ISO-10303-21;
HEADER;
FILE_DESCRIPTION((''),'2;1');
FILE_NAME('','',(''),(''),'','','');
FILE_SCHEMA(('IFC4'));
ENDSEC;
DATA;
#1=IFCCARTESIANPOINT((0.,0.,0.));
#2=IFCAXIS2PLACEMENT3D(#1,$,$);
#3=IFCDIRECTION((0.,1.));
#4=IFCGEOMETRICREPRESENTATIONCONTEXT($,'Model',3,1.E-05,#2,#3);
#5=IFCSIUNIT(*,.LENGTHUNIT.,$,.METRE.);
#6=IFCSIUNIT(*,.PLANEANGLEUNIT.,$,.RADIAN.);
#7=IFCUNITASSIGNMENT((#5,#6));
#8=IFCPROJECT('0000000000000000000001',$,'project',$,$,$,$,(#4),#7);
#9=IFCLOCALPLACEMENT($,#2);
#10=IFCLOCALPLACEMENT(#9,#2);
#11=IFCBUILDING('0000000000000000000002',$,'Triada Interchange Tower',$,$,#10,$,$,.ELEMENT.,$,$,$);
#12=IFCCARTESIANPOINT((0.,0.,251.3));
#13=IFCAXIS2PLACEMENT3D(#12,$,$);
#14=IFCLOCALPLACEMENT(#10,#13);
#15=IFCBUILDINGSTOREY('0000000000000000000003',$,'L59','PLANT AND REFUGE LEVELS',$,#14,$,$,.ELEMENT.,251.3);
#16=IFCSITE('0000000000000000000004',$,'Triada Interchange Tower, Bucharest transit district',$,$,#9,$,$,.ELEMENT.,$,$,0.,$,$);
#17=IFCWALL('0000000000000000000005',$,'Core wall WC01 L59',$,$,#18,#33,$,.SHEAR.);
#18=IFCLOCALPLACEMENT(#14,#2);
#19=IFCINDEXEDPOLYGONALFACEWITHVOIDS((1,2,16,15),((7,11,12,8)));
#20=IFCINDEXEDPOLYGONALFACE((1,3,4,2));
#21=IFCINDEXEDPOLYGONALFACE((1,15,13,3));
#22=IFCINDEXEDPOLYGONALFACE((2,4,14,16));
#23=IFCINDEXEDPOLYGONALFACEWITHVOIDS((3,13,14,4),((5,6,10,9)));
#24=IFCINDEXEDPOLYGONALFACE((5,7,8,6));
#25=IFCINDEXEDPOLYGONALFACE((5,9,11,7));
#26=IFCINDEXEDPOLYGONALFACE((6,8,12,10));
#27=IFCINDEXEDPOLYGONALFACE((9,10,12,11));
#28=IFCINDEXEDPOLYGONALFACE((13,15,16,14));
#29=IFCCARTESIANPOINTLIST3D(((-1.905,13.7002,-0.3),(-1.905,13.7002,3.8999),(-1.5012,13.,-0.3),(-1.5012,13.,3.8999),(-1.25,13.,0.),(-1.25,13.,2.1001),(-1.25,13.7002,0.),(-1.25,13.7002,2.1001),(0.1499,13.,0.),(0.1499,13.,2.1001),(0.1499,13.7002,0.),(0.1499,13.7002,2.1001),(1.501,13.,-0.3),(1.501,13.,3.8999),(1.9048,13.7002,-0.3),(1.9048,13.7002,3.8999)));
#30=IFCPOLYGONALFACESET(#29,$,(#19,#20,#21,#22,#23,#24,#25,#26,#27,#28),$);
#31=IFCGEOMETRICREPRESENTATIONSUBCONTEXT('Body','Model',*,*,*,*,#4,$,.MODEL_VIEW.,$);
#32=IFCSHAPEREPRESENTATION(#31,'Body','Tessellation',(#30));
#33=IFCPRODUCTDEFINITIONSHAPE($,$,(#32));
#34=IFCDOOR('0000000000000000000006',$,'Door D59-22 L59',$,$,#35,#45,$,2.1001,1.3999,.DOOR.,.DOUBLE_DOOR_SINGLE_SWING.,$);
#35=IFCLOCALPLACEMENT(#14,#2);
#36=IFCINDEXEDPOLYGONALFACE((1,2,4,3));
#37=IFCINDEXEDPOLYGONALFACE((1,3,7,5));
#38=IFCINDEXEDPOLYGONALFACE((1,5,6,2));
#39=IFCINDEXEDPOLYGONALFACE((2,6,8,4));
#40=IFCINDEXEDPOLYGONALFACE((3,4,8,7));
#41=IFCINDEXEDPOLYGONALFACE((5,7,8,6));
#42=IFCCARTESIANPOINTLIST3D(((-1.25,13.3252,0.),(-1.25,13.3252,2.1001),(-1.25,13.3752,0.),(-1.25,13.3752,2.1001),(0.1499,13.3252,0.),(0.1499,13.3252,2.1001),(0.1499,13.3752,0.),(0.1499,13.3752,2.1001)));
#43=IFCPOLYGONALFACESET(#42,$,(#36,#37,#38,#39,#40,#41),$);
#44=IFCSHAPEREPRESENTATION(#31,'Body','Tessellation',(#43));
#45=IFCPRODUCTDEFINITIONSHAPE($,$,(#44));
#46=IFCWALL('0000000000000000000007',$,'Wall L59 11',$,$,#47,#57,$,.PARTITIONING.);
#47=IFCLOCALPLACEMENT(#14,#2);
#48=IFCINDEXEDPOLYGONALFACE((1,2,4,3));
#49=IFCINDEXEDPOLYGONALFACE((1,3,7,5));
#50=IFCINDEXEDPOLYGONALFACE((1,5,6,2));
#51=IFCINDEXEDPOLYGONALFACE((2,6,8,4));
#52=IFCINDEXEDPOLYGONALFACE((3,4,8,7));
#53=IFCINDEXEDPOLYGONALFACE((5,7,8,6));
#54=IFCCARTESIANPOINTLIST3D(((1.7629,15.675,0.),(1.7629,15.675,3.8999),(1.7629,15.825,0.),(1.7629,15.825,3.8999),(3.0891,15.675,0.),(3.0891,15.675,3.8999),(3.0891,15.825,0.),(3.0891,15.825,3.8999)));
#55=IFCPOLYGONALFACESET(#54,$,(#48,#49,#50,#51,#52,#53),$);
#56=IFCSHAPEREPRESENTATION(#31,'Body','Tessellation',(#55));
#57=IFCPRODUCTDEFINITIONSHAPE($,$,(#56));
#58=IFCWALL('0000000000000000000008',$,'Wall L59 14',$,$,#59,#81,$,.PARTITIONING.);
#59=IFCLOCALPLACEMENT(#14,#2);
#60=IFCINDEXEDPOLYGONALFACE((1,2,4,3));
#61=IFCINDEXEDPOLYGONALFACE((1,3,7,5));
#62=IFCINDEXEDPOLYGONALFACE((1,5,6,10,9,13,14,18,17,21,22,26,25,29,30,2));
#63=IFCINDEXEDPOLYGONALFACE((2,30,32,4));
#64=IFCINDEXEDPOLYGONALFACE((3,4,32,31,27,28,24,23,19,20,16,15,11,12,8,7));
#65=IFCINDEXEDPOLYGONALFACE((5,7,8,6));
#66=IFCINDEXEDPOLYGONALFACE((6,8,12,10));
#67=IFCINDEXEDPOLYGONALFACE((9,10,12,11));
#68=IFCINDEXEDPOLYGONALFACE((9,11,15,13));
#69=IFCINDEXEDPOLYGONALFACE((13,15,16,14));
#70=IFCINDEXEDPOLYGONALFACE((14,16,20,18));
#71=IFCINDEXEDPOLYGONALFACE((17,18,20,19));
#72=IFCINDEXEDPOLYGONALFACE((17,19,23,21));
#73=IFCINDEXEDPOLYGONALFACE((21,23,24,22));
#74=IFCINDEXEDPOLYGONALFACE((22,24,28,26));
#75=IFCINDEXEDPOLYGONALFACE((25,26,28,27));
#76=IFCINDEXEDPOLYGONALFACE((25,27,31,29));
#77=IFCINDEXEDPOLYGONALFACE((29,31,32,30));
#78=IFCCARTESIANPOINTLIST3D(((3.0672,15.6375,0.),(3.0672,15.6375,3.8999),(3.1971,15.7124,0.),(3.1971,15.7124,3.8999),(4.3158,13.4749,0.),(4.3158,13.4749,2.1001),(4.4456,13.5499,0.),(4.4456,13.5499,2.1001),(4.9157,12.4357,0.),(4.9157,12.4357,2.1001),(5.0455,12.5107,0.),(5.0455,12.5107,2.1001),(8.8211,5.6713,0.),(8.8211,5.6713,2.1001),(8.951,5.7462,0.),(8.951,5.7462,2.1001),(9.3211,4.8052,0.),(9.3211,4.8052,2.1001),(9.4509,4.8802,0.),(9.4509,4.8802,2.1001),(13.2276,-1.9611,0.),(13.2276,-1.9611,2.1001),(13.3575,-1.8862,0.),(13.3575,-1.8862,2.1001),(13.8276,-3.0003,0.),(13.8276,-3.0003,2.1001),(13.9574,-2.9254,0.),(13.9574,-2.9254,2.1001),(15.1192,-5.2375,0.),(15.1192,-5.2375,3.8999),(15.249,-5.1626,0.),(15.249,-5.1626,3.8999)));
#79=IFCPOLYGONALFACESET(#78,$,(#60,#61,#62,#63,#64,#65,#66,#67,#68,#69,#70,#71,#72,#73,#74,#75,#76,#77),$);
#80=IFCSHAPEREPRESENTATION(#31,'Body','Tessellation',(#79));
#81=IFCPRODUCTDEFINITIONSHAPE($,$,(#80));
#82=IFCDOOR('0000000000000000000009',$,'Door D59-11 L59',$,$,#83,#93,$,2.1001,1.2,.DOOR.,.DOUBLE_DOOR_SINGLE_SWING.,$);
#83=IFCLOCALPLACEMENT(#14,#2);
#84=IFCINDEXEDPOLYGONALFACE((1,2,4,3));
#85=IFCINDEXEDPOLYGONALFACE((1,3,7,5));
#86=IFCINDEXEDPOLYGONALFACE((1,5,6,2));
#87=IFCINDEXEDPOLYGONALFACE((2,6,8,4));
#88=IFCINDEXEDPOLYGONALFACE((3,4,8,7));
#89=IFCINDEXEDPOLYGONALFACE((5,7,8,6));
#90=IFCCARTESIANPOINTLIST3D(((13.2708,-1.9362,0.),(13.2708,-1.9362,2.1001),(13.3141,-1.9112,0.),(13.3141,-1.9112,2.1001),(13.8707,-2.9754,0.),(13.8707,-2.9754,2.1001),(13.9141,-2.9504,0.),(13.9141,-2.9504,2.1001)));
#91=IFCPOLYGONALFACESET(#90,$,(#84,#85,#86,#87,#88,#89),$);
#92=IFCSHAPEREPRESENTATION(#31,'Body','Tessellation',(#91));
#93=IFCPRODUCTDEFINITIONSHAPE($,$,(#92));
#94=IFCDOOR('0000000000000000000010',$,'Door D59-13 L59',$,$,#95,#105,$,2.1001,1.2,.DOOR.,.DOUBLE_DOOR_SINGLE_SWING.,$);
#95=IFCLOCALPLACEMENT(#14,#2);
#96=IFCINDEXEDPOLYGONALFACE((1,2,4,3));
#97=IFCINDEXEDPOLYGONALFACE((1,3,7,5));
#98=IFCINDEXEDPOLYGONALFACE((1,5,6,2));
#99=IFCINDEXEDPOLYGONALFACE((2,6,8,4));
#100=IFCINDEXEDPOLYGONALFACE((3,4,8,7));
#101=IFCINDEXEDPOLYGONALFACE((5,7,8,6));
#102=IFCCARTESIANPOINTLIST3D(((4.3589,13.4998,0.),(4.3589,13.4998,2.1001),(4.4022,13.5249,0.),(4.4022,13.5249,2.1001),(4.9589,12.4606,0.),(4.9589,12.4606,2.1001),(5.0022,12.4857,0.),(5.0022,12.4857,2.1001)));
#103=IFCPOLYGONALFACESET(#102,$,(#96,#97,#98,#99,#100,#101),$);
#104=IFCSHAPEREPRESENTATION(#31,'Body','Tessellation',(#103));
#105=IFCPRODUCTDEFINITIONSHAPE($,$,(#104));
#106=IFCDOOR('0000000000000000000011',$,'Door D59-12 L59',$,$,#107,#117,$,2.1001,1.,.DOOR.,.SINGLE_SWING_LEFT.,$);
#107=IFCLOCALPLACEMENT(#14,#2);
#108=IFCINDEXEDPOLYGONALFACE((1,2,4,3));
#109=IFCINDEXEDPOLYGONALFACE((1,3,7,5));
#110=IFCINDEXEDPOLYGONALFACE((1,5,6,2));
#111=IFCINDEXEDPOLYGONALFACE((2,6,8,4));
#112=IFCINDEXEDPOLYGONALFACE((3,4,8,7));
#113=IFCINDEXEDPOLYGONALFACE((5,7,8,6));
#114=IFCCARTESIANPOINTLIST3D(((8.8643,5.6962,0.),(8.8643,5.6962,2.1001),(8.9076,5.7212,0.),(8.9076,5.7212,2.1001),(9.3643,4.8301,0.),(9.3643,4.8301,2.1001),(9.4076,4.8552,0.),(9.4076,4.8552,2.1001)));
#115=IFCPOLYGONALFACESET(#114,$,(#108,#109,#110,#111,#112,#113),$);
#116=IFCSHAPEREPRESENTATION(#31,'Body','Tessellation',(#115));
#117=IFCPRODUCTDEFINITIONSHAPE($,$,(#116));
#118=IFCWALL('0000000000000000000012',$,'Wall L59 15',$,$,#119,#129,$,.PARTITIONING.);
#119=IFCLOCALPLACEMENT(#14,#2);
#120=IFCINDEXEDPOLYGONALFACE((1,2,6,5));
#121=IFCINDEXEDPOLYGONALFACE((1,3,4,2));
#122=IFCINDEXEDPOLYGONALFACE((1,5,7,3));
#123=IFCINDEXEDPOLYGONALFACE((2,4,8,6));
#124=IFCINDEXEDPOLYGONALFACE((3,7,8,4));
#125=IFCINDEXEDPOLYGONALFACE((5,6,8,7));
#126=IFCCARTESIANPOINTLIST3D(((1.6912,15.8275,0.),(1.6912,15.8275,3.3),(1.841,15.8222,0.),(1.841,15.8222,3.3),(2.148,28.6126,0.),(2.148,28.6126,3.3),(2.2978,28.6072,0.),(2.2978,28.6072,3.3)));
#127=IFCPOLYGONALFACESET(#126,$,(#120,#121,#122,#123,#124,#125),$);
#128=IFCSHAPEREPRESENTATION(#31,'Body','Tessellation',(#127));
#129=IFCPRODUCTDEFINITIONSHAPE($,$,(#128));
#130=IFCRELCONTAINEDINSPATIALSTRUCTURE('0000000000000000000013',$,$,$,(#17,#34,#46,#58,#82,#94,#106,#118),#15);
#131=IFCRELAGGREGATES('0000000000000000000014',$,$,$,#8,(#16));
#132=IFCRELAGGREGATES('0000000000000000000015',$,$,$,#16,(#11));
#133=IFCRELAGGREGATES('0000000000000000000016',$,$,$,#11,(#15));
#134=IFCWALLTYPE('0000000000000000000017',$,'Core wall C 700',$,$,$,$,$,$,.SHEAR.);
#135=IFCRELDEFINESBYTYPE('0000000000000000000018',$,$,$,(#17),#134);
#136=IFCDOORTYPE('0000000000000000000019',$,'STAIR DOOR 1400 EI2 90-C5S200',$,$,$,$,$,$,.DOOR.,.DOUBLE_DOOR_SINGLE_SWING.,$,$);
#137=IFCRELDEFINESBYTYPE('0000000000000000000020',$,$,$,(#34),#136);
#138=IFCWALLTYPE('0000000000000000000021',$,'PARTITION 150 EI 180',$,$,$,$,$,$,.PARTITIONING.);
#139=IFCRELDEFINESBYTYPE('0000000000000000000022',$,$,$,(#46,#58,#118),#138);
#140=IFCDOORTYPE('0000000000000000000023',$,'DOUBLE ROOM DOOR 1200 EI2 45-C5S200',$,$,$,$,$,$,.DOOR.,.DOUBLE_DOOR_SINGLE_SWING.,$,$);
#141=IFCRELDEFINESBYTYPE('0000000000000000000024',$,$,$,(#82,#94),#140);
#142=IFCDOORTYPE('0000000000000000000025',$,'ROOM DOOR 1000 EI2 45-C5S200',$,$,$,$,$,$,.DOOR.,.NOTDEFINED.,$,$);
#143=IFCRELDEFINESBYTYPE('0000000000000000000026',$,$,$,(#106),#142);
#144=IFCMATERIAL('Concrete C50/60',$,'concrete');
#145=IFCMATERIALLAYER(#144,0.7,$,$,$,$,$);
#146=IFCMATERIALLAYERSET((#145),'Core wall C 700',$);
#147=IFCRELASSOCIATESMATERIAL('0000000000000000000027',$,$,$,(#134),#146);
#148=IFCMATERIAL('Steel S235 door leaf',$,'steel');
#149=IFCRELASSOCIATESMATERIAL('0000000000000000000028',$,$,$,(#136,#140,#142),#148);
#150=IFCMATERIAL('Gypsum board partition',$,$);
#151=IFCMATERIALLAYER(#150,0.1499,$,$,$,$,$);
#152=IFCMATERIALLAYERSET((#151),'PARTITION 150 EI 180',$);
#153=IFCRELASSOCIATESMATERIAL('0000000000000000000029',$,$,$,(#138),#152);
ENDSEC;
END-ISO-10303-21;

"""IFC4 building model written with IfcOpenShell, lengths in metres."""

from ifc_helpers import new_model, si_unit, direction, frame, frame_2d, origin, place, context, subcontext, project, spatial, polyline, rectangle, outline, extrude, material, layer, layer_set, type_object, element, fill, save


model = new_model("IFC4")

# Units and contexts
model_context = context("Model", 3, precision=1e-05, world=origin(), true_north=direction((0.0, 1.0)))
body_context = subcontext(model_context, "Body", "Model", "MODEL_VIEW")
ifc_project = project(units=[si_unit("LENGTHUNIT", "METRE"), si_unit("PLANEANGLEUNIT", "RADIAN")], contexts=[model_context])

# Site, building, storey
site_placement = place(None, origin())
site = spatial("IfcSite", under=ifc_project, at=site_placement, Name="Triada Interchange Tower, Bucharest transit district", CompositionType="ELEMENT", RefElevation=0.0)
building_placement = place(site_placement, origin())
building = spatial("IfcBuilding", under=site, at=building_placement, Name="Triada Interchange Tower", CompositionType="ELEMENT")
storey_placement = place(building_placement, frame((0.0, 0.0, 251.3)))
storey = spatial("IfcBuildingStorey", under=building, at=storey_placement, Name="L59", Description="PLANT AND REFUGE LEVELS", CompositionType="ELEMENT", Elevation=251.3)

# Shared definitions
ifc_material_1 = material(Name="Concrete C50/60", Category="concrete")

# Wall, opening, door
ifc_layer_1 = layer(ifc_material_1, 0.7)
ifc_layer_set_1 = layer_set([ifc_layer_1], Name="Core wall C 700")
wall_type_1 = type_object("IfcWallType", Name="Core wall C 700", PredefinedType="SHEAR", material=ifc_layer_set_1)
wall_1_placement = place(storey_placement, frame((1.7029, 13.3501, -0.3), z_axis=(0.0, 0.0, 1.0), x_axis=(-1.0, 0.0, 0.0)))
wall_1 = element("IfcWall", 1, at=wall_1_placement, inside=storey, type_object=wall_type_1, Name="Core wall WC01 L59", PredefinedType="SHEAR", context=body_context, shape_type="SweptSolid", body=[
    extrude(outline(polyline([(-0.2019, -0.3501), (1.7031, -0.3501), (3.6079, -0.3501), (3.2041, 0.3501), (1.7031, 0.3501), (0.2019, 0.3501), (-0.2019, -0.3501)])), origin(), (0.0, 0.0, 1.0), 4.2),
])
opening_1_placement = place(wall_1_placement, frame((1.553, 0.0, 0.3)))
opening_1 = element("IfcOpeningElement", 2, at=opening_1_placement, cuts=wall_1, PredefinedType="OPENING", context=body_context, shape_type="SweptSolid", body=[
    extrude(rectangle(XDim=1.3999, YDim=2.1001, at=frame_2d((0.7, 1.05))), frame((0.0, 0.3601, 0.0), z_axis=(0.0, -1.0, 0.0), x_axis=(1.0, 0.0, 0.0)), (0.0, 0.0, 1.0), 0.7202),
])
ifc_material_2 = material(Name="Steel S235 door leaf", Category="steel")
door_type_1 = type_object("IfcDoorType", Name="STAIR DOOR 1400 EI2 90-C5S200", OperationType="DOUBLE_DOOR_SINGLE_SWING", PredefinedType="DOOR", material=ifc_material_2)
door_1_placement = place(opening_1_placement, origin())
door_1 = element("IfcDoor", 3, at=door_1_placement, inside=storey, type_object=door_type_1, Name="Door D59-22 L59", OperationType="DOUBLE_DOOR_SINGLE_SWING", OverallHeight=2.1001, OverallWidth=1.3999, PredefinedType="DOOR", context=body_context, shape_type="SweptSolid", body=[
    extrude(rectangle(XDim=1.3999, YDim=2.1001, at=frame_2d((0.7, 1.05))), frame((0.0, 0.0249, 0.0), z_axis=(0.0, -1.0, 0.0), x_axis=(1.0, 0.0, 0.0)), (0.0, 0.0, 1.0), 0.05),
])
fill(opening_1, door_1)

# Wall
ifc_material_3 = material(Name="Gypsum board partition")
ifc_layer_2 = layer(ifc_material_3, 0.1499)
ifc_layer_set_2 = layer_set([ifc_layer_2], Name="PARTITION 150 EI 180")
wall_type_2 = type_object("IfcWallType", Name="PARTITION 150 EI 180", PredefinedType="PARTITIONING", material=ifc_layer_set_2)
wall_2_placement = place(storey_placement, frame((1.7629, 15.75, 0.0), z_axis=(0.0, 0.0, 1.0), x_axis=(1.0, 0.0, 0.0)))
element("IfcWall", 4, at=wall_2_placement, inside=storey, type_object=wall_type_2, Name="Wall L59 11", PredefinedType="PARTITIONING", context=body_context, shape_type="SweptSolid", body=[
    extrude(rectangle(XDim=1.3262, YDim=0.1499, at=frame_2d((0.6631, 0.0))), origin(), (0.0, 0.0, 1.0), 3.8999),
])

# Wall, openings, doors
wall_3_placement = place(storey_placement, frame((3.1321, 15.675, 0.0), z_axis=(0.0, 0.0, 1.0), x_axis=(0.499994, -0.866029, 0.0)))
wall_3 = element("IfcWall", 5, at=wall_3_placement, inside=storey, type_object=wall_type_2, Name="Wall L59 14", PredefinedType="PARTITIONING", context=body_context, shape_type="SweptSolid", body=[
    extrude(rectangle(XDim=24.1042, YDim=0.1499, at=frame_2d((12.0522, 0.0))), origin(), (0.0, 0.0, 1.0), 3.8999),
])
opening_2_placement = place(wall_3_placement, frame((20.321, 0.0, 0.0)))
opening_2 = element("IfcOpeningElement", 6, at=opening_2_placement, cuts=wall_3, PredefinedType="OPENING", context=body_context, shape_type="SweptSolid", body=[
    extrude(rectangle(XDim=1.2, YDim=2.1001, at=frame_2d((0.6001, 1.05))), frame((0.0, 0.085, 0.0), z_axis=(0.0, -1.0, 0.0), x_axis=(1.0, 0.0, 0.0)), (0.0, 0.0, 1.0), 0.1699),
])
opening_3_placement = place(wall_3_placement, frame((11.5081, 0.0, 0.0)))
opening_3 = element("IfcOpeningElement", 7, at=opening_3_placement, cuts=wall_3, PredefinedType="OPENING", context=body_context, shape_type="SweptSolid", body=[
    extrude(rectangle(XDim=1.0, YDim=2.1001, at=frame_2d((0.5, 1.05))), frame((0.0, 0.085, 0.0), z_axis=(0.0, -1.0, 0.0), x_axis=(1.0, 0.0, 0.0)), (0.0, 0.0, 1.0), 0.1699),
])
opening_4_placement = place(wall_3_placement, frame((2.4971, 0.0, 0.0)))
opening_4 = element("IfcOpeningElement", 8, at=opening_4_placement, cuts=wall_3, PredefinedType="OPENING", context=body_context, shape_type="SweptSolid", body=[
    extrude(rectangle(XDim=1.2, YDim=2.1001, at=frame_2d((0.6001, 1.05))), frame((0.0, 0.085, 0.0), z_axis=(0.0, -1.0, 0.0), x_axis=(1.0, 0.0, 0.0)), (0.0, 0.0, 1.0), 0.1699),
])
door_type_2 = type_object("IfcDoorType", Name="DOUBLE ROOM DOOR 1200 EI2 45-C5S200", OperationType="DOUBLE_DOOR_SINGLE_SWING", PredefinedType="DOOR", material=ifc_material_2)
door_2_placement = place(opening_2_placement, origin())
door_2 = element("IfcDoor", 9, at=door_2_placement, inside=storey, type_object=door_type_2, Name="Door D59-11 L59", OperationType="DOUBLE_DOOR_SINGLE_SWING", OverallHeight=2.1001, OverallWidth=1.2, PredefinedType="DOOR", context=body_context, shape_type="SweptSolid", body=[
    extrude(rectangle(XDim=1.2, YDim=2.1001, at=frame_2d((0.6001, 1.05))), frame((0.0, 0.0249, 0.0), z_axis=(0.0, -1.0, 0.0), x_axis=(1.0, 0.0, 0.0)), (0.0, 0.0, 1.0), 0.05),
])
fill(opening_2, door_2)
door_3_placement = place(opening_4_placement, origin())
door_3 = element("IfcDoor", 10, at=door_3_placement, inside=storey, type_object=door_type_2, Name="Door D59-13 L59", OperationType="DOUBLE_DOOR_SINGLE_SWING", OverallHeight=2.1001, OverallWidth=1.2, PredefinedType="DOOR", context=body_context, shape_type="SweptSolid", body=[
    extrude(rectangle(XDim=1.2, YDim=2.1001, at=frame_2d((0.6001, 1.05))), frame((0.0, 0.0249, 0.0), z_axis=(0.0, -1.0, 0.0), x_axis=(1.0, 0.0, 0.0)), (0.0, 0.0, 1.0), 0.05),
])
fill(opening_4, door_3)
door_type_3 = type_object("IfcDoorType", Name="ROOM DOOR 1000 EI2 45-C5S200", OperationType="NOTDEFINED", PredefinedType="DOOR", material=ifc_material_2)
door_4_placement = place(opening_3_placement, origin())
door_4 = element("IfcDoor", 11, at=door_4_placement, inside=storey, type_object=door_type_3, Name="Door D59-12 L59", OperationType="SINGLE_SWING_LEFT", OverallHeight=2.1001, OverallWidth=1.0, PredefinedType="DOOR", context=body_context, shape_type="SweptSolid", body=[
    extrude(rectangle(XDim=1.0, YDim=2.1001, at=frame_2d((0.5, 1.05))), frame((0.0, 0.0249, 0.0), z_axis=(0.0, -1.0, 0.0), x_axis=(1.0, 0.0, 0.0)), (0.0, 0.0, 1.0), 0.05),
])
fill(opening_3, door_4)

# Wall
wall_4_placement = place(storey_placement, frame((1.7661, 15.825, 0.0), z_axis=(0.0, 0.0, 1.0), x_axis=(0.035705, 0.999362, 0.0)))
element("IfcWall", 12, at=wall_4_placement, inside=storey, type_object=wall_type_2, Name="Wall L59 15", PredefinedType="PARTITIONING", context=body_context, shape_type="SweptSolid", body=[
    extrude(rectangle(XDim=12.7932, YDim=0.1499, at=frame_2d((6.3965, 0.0))), origin(), (0.0, 0.0, 1.0), 3.3),
])

save(model, "model.ifc")
